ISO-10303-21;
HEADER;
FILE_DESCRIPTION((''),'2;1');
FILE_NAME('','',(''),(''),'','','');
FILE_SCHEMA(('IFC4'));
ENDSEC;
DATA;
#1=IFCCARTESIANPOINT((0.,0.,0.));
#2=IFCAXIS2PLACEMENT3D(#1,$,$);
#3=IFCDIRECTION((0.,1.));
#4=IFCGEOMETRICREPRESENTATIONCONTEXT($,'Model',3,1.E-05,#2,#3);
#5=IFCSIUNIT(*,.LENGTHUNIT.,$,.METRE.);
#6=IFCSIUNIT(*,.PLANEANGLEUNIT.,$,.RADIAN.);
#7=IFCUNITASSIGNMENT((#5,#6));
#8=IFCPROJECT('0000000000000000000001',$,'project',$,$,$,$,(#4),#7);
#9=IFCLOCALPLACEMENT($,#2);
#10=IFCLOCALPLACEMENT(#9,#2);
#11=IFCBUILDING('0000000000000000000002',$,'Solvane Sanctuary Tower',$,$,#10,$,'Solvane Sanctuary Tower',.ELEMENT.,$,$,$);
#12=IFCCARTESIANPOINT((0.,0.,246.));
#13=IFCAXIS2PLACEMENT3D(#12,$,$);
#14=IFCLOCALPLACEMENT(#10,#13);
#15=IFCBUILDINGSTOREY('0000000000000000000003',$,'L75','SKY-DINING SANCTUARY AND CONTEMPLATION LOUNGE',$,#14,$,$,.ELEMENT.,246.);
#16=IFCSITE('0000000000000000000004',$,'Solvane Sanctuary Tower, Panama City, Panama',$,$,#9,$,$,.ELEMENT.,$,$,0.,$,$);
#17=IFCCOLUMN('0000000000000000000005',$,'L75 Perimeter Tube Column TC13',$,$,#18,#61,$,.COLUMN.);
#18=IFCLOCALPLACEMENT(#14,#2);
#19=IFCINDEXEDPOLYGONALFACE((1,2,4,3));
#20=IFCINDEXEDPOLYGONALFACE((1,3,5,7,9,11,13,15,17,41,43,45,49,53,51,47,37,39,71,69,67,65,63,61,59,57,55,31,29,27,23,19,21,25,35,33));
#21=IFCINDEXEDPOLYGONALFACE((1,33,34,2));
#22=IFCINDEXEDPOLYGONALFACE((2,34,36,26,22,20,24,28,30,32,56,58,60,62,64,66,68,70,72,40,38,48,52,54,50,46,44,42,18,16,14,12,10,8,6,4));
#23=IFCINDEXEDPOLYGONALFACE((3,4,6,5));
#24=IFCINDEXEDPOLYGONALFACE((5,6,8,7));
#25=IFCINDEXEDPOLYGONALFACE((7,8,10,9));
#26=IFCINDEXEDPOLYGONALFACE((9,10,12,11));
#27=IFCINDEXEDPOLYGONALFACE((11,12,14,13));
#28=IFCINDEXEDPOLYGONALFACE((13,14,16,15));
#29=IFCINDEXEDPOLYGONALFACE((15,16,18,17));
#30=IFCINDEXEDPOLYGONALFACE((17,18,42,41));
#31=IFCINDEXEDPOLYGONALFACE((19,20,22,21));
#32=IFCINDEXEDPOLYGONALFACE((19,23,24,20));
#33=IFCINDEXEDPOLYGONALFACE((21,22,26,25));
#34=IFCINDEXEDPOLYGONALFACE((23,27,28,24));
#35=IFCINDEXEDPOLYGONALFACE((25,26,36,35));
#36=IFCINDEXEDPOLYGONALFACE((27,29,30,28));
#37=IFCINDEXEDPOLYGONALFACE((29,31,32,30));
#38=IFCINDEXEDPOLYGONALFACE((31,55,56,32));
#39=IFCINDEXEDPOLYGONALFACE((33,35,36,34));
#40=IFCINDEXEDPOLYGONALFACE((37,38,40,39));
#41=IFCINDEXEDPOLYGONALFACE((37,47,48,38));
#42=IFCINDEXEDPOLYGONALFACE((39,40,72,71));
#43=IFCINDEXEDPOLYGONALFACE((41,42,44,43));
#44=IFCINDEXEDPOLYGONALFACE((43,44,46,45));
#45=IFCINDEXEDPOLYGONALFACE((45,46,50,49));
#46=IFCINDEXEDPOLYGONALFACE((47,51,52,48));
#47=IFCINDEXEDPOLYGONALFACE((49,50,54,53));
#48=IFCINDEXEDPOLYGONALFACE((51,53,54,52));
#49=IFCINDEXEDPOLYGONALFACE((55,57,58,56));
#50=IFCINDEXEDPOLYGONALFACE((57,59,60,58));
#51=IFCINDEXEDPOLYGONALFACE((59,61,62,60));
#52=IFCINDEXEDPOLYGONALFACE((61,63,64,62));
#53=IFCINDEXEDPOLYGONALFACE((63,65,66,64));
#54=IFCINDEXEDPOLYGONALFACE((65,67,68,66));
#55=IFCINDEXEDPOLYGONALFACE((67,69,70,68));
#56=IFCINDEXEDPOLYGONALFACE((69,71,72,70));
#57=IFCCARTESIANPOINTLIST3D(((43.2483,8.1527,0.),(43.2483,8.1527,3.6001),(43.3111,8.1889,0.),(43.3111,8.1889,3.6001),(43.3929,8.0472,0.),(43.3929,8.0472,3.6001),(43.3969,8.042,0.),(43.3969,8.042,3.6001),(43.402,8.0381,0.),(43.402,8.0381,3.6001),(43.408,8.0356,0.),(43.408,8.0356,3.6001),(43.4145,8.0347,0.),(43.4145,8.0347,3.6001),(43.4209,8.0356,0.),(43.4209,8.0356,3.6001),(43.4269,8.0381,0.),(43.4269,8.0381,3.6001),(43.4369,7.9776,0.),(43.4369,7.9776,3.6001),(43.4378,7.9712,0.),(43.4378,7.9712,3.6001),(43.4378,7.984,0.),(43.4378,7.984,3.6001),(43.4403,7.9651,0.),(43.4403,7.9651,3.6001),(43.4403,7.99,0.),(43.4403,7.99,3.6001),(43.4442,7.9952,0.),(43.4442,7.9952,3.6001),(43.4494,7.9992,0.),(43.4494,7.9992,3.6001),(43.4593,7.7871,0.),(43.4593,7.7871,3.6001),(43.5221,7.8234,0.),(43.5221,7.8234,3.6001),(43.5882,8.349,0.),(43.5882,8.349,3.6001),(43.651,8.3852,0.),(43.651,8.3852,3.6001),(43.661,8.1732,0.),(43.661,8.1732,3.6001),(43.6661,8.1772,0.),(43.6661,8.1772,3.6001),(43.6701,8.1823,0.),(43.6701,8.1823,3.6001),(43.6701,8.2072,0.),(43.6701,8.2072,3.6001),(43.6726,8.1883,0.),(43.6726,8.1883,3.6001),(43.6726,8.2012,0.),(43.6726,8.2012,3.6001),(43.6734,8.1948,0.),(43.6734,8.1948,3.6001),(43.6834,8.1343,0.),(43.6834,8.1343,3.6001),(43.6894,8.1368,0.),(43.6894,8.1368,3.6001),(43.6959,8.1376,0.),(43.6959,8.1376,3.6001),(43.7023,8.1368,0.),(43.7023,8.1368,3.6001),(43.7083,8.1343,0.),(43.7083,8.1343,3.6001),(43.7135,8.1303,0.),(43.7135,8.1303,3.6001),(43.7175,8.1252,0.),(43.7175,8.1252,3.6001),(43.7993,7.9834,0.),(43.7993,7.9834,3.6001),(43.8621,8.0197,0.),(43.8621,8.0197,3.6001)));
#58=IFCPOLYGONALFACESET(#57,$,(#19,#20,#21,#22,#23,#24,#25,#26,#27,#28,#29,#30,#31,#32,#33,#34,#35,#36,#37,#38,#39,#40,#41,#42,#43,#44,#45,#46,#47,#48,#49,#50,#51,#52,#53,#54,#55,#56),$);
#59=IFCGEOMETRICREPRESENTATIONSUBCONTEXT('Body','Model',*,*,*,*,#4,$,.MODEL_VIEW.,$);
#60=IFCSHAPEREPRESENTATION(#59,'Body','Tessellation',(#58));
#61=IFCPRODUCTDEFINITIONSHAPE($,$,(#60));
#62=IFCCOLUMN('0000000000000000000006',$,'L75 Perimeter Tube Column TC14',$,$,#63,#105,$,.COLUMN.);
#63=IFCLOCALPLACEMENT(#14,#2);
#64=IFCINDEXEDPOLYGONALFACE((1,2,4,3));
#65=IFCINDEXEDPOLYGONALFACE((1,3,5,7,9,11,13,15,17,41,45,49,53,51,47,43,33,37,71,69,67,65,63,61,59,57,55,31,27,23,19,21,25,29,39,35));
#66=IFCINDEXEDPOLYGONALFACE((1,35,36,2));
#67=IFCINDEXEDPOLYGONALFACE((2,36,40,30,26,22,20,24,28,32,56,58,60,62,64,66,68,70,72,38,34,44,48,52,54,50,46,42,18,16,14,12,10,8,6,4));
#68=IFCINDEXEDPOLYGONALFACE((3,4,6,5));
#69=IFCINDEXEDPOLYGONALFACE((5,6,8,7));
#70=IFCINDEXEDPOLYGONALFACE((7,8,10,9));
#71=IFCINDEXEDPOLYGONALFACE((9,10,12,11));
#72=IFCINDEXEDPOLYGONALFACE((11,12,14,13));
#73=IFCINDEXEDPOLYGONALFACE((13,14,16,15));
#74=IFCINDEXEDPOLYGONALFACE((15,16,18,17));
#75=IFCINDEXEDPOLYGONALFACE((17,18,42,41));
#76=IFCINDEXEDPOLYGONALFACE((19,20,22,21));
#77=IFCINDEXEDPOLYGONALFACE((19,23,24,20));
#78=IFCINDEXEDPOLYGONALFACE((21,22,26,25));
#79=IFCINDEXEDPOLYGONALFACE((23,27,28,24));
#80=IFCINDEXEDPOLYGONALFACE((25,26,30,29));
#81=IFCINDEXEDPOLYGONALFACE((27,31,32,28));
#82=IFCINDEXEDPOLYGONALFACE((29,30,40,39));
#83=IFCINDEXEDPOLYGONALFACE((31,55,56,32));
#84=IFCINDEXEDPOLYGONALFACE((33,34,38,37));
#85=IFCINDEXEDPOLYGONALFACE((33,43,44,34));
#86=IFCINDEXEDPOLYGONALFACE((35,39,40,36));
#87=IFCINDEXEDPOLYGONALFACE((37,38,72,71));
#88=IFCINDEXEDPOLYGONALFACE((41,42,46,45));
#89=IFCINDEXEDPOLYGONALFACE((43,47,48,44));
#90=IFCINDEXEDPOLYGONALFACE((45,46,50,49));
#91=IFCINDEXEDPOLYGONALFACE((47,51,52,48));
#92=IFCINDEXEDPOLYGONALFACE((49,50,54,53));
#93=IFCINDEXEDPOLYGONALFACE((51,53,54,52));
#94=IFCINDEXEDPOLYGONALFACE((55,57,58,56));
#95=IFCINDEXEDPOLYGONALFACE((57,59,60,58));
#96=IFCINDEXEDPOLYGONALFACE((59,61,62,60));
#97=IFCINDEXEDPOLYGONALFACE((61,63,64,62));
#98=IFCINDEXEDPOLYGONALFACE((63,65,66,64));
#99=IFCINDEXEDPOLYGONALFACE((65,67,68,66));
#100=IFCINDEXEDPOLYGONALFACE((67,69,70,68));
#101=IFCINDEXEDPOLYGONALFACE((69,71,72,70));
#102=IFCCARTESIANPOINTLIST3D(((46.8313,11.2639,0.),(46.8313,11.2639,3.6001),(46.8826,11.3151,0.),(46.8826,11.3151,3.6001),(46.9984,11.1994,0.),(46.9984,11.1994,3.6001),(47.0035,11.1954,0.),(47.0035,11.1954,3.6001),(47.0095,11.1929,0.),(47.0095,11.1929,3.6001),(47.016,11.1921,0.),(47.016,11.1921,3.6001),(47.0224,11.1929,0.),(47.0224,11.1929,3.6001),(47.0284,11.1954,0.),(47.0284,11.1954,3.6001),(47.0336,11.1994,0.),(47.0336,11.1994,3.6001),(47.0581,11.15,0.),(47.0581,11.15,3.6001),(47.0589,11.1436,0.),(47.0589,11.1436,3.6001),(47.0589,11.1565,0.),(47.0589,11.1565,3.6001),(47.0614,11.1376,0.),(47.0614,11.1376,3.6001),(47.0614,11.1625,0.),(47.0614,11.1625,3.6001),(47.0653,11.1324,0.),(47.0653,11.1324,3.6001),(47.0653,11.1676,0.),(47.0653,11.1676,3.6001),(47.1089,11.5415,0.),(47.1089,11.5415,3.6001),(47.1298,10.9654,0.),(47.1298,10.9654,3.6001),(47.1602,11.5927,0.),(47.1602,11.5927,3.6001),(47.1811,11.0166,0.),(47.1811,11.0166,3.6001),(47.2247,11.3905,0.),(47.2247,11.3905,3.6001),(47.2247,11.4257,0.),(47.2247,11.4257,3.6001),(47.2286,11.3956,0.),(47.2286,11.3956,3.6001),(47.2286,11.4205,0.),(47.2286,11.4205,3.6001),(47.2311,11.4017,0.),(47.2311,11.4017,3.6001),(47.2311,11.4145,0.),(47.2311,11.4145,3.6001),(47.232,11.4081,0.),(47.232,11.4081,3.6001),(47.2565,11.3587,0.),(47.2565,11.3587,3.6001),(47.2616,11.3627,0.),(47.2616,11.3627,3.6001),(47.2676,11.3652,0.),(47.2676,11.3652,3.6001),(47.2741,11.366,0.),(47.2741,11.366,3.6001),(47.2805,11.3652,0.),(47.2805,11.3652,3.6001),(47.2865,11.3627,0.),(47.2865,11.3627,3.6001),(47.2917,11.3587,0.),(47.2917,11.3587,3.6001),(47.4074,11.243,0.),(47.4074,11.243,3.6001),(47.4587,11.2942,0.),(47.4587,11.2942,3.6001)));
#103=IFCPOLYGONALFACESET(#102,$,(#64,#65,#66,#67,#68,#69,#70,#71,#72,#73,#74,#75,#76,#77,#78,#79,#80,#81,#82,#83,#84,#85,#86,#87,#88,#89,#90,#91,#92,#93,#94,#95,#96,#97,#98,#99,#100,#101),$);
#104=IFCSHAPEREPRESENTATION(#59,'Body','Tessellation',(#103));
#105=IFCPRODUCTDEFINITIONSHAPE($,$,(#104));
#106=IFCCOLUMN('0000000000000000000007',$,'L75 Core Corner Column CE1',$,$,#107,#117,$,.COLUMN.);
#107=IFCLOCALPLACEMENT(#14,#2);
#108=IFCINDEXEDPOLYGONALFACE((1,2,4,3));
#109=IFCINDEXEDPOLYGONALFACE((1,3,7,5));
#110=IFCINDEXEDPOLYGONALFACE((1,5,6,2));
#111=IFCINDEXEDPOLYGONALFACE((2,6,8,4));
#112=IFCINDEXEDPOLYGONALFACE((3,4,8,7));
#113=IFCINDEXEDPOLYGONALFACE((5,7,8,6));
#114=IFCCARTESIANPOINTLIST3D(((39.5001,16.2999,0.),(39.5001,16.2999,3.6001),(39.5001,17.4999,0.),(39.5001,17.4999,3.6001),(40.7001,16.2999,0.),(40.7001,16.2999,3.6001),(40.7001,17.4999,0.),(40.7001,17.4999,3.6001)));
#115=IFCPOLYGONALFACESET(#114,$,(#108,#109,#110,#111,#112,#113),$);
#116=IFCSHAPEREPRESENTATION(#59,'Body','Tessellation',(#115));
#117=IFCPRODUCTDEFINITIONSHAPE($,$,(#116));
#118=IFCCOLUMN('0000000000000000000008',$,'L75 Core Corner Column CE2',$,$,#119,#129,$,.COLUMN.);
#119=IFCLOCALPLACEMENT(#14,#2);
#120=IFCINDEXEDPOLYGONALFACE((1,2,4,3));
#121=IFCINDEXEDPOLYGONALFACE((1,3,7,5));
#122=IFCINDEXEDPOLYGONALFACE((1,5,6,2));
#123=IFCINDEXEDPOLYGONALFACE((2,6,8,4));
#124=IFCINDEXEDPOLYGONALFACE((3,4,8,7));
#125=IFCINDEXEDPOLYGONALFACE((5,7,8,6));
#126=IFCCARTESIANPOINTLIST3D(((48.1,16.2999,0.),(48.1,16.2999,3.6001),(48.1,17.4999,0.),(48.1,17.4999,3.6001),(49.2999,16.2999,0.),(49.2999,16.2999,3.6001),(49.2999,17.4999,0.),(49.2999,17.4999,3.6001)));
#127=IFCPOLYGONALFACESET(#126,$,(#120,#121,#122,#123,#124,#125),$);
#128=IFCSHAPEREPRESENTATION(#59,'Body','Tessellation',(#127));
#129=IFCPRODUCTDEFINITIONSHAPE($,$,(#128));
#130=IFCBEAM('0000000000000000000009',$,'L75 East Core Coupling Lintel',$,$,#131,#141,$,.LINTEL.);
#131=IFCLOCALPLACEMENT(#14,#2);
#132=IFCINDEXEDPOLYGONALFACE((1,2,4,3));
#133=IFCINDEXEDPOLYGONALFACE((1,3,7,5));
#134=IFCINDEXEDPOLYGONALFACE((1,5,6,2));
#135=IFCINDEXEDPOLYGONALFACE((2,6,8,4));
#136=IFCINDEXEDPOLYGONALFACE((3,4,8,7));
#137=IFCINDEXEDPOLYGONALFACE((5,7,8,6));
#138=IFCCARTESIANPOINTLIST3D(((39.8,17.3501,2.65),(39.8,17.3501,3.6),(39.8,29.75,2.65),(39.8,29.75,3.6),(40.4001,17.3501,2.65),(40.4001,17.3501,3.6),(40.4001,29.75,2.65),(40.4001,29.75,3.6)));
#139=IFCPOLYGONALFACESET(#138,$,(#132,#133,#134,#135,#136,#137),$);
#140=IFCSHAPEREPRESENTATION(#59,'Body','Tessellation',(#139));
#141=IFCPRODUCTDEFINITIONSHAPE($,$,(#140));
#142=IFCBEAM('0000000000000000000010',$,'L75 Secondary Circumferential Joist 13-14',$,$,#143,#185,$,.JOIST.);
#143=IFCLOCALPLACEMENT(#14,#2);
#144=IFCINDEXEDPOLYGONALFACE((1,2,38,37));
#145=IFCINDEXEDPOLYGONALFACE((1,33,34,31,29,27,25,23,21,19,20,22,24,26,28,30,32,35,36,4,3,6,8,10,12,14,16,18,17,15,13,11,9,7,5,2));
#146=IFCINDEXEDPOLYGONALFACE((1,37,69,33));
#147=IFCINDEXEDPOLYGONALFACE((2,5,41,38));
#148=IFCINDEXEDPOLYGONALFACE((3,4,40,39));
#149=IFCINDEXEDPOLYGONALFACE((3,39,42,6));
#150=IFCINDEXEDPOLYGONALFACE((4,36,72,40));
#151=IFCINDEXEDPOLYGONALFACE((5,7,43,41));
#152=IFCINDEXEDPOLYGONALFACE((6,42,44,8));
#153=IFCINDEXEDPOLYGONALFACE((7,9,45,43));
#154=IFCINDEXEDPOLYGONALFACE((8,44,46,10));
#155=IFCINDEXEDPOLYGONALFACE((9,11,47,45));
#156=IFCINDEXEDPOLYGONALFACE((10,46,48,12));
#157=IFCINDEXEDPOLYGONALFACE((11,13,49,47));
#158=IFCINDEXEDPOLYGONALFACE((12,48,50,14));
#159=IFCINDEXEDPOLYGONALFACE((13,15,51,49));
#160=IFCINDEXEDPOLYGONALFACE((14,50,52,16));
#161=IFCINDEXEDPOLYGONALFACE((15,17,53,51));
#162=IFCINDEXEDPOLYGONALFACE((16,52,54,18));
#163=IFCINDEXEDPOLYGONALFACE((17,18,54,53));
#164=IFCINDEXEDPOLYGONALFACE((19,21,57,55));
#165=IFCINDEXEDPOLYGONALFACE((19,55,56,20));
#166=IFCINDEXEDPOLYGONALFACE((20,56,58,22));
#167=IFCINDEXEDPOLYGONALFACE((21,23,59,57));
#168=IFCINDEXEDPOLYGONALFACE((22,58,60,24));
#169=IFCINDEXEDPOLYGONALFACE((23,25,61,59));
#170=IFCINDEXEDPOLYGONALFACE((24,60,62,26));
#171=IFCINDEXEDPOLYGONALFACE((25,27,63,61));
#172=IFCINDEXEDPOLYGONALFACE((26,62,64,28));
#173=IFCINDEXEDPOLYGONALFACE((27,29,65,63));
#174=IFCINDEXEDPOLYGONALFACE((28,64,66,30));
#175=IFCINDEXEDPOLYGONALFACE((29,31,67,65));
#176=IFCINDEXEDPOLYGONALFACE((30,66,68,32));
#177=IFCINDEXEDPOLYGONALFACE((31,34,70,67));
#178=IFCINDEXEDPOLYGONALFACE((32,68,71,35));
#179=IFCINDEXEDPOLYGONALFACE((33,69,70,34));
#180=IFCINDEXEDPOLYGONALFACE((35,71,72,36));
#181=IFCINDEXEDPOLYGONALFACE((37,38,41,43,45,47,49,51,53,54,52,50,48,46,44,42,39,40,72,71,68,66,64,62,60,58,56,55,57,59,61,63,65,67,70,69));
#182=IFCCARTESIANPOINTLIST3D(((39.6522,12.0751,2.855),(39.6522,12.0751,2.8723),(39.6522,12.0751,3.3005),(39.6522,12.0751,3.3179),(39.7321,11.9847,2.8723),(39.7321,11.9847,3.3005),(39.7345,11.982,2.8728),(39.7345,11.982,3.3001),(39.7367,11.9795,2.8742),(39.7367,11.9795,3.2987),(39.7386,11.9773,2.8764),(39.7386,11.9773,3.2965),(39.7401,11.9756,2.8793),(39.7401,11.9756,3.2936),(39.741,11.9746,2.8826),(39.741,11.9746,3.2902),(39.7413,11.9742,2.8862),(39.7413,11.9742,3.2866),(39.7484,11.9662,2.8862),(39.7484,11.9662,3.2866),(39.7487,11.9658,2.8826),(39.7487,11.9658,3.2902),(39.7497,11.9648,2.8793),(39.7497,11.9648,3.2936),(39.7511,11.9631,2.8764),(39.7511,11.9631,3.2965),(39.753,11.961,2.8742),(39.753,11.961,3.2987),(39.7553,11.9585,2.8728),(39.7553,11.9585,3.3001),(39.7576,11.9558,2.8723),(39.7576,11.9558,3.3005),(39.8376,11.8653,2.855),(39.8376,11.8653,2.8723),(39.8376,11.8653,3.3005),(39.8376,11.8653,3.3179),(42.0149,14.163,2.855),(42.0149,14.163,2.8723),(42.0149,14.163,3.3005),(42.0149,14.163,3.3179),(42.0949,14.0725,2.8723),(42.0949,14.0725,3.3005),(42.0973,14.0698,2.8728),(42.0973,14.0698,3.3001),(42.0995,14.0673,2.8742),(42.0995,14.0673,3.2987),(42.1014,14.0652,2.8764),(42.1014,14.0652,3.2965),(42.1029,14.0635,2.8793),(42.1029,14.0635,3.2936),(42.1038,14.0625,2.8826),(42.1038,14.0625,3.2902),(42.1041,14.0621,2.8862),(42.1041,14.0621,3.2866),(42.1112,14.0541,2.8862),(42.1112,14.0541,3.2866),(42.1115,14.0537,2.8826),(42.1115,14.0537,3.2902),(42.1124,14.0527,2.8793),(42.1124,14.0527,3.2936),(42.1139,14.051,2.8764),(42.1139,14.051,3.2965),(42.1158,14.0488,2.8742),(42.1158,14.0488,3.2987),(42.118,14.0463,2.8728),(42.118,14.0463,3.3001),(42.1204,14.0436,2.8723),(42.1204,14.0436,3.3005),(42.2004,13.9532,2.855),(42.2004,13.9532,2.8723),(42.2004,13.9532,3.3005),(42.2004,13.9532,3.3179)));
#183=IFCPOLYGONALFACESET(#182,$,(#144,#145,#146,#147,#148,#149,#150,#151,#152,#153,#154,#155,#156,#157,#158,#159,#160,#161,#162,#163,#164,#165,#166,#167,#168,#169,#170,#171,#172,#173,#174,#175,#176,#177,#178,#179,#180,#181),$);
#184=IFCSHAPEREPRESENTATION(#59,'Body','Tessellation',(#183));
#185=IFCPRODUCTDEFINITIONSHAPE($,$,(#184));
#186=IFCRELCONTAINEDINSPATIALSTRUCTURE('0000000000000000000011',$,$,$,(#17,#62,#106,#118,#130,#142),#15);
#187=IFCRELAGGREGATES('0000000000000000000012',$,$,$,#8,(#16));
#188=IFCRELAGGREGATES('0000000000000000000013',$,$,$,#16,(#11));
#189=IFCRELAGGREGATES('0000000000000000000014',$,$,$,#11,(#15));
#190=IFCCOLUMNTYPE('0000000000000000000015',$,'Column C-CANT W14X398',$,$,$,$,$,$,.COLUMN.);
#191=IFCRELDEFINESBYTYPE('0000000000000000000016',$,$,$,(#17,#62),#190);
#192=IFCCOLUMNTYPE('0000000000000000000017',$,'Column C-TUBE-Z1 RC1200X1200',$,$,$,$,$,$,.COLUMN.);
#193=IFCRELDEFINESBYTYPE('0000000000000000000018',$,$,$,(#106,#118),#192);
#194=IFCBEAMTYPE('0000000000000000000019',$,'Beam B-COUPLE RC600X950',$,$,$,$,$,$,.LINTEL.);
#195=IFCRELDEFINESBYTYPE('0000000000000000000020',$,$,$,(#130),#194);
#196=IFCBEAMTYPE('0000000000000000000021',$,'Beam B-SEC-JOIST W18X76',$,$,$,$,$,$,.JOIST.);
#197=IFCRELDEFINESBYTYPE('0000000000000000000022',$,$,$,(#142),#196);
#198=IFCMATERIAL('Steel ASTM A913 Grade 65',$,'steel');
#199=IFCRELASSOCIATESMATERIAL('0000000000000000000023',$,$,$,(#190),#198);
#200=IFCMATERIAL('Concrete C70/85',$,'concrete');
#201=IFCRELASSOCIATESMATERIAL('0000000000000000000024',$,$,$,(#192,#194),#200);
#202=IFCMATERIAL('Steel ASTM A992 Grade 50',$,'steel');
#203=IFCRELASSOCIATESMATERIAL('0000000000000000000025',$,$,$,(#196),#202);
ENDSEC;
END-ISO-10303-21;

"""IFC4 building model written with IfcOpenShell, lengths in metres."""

from ifc_helpers import new_model, si_unit, direction, frame, origin, origin_2d, place, context, subcontext, project, spatial, rectangle, i_section, extrude, material, material_profile, profile_set, type_object, element, save


model = new_model("IFC4")

# Units and contexts
model_context = context("Model", 3, precision=1e-05, world=origin(), true_north=direction((0.0, 1.0)))
body_context = subcontext(model_context, "Body", "Model", "MODEL_VIEW")
ifc_project = project(units=[si_unit("LENGTHUNIT", "METRE"), si_unit("PLANEANGLEUNIT", "RADIAN")], contexts=[model_context])

# Site, building, storey
site_placement = place(None, origin())
site = spatial("IfcSite", under=ifc_project, at=site_placement, Name="Solvane Sanctuary Tower, Panama City, Panama", CompositionType="ELEMENT", RefElevation=0.0)
building_placement = place(site_placement, origin())
building = spatial("IfcBuilding", under=site, at=building_placement, Name="Solvane Sanctuary Tower", LongName="Solvane Sanctuary Tower", CompositionType="ELEMENT")
storey_placement = place(building_placement, frame((0.0, 0.0, 246.0)))
storey = spatial("IfcBuildingStorey", under=building, at=storey_placement, Name="L75", Description="SKY-DINING SANCTUARY AND CONTEMPLATION LOUNGE", CompositionType="ELEMENT", Elevation=246.0)

# Columns
ifc_material_1 = material(Name="Steel ASTM A913 Grade 65", Category="steel")
ifc_material_profile_1 = material_profile(ifc_material_1, i_section(OverallWidth=0.4221, OverallDepth=0.4651, WebThickness=0.0449, FlangeThickness=0.0725, FilletRadius=0.0249, at=origin_2d()), Name="W14X398")
ifc_profile_set_1 = profile_set([ifc_material_profile_1], Name="Steel ASTM A913 Grade 65")
column_type_1 = type_object("IfcColumnType", Name="Column C-CANT W14X398", PredefinedType="COLUMN", material=ifc_profile_set_1)
for number, where, z_axis, x_axis, name in (
    (1, (43.5552, 8.0862, 0.0), (0.0, 0.0, 1.0), (0.5, -0.866025, 0.0), "L75 Perimeter Tube Column TC13"),
    (2, (47.145, 11.2791, 0.0), (0.0, 0.0, 1.0), (0.707107, -0.707107, 0.0), "L75 Perimeter Tube Column TC14"),
):
    element("IfcColumn", number, at=place(storey_placement, frame(where, z_axis=z_axis, x_axis=x_axis)), inside=storey, type_object=column_type_1, Name=name, PredefinedType="COLUMN", context=body_context, shape_type="SweptSolid", body=[
        extrude(i_section(OverallWidth=0.4221, OverallDepth=0.4651, WebThickness=0.0449, FlangeThickness=0.0725, FilletRadius=0.0249, at=origin_2d()), origin(), (0.0, 0.0, 1.0), 3.6001),
    ])
ifc_material_2 = material(Name="Concrete C70/85", Category="concrete")
ifc_material_profile_2 = material_profile(ifc_material_2, rectangle(XDim=1.2, YDim=1.2, at=origin_2d()), Name="RC1200X1200")
ifc_profile_set_2 = profile_set([ifc_material_profile_2], Name="Concrete C70/85")
column_type_2 = type_object("IfcColumnType", Name="Column C-TUBE-Z1 RC1200X1200", PredefinedType="COLUMN", material=ifc_profile_set_2)
for number, where, z_axis, x_axis, name in (
    (3, (40.1001, 16.8999, 0.0), (0.0, 0.0, 1.0), (1.0, 0.0, 0.0), "L75 Core Corner Column CE1"),
    (4, (48.7, 16.8999, 0.0), (0.0, 0.0, 1.0), (1.0, 0.0, 0.0), "L75 Core Corner Column CE2"),
):
    element("IfcColumn", number, at=place(storey_placement, frame(where, z_axis=z_axis, x_axis=x_axis)), inside=storey, type_object=column_type_2, Name=name, PredefinedType="COLUMN", context=body_context, shape_type="SweptSolid", body=[
        extrude(rectangle(XDim=1.2, YDim=1.2, at=origin_2d()), origin(), (0.0, 0.0, 1.0), 3.6001),
    ])

# Beams
ifc_material_profile_3 = material_profile(ifc_material_2, rectangle(XDim=0.6001, YDim=0.95, at=origin_2d()), Name="RC600X950")
ifc_profile_set_3 = profile_set([ifc_material_profile_3], Name="Concrete C70/85")
beam_type_1 = type_object("IfcBeamType", Name="Beam B-COUPLE RC600X950", PredefinedType="LINTEL", material=ifc_profile_set_3)
beam_1_placement = place(storey_placement, frame((40.1001, 17.3501, 3.125), z_axis=(0.0, 1.0, 0.0), x_axis=(-1.0, 0.0, 0.0)))
element("IfcBeam", 5, at=beam_1_placement, inside=storey, type_object=beam_type_1, Name="L75 East Core Coupling Lintel", PredefinedType="LINTEL", context=body_context, shape_type="SweptSolid", body=[
    extrude(rectangle(XDim=0.6001, YDim=0.95, at=origin_2d()), origin(), (0.0, 0.0, 1.0), 12.3999),
])
ifc_material_3 = material(Name="Steel ASTM A992 Grade 50", Category="steel")
ifc_material_profile_4 = material_profile(ifc_material_3, i_section(OverallWidth=0.28, OverallDepth=0.4629, WebThickness=0.0107, FlangeThickness=0.0173, FilletRadius=0.0139, at=origin_2d()), Name="W18X76")
ifc_profile_set_4 = profile_set([ifc_material_profile_4], Name="Steel ASTM A992 Grade 50")
beam_type_2 = type_object("IfcBeamType", Name="Beam B-SEC-JOIST W18X76", PredefinedType="JOIST", material=ifc_profile_set_4)
beam_2_placement = place(storey_placement, frame((39.7449, 11.9702, 3.0864), z_axis=(0.749354, 0.662169, 0.0), x_axis=(-0.662169, 0.749354, 0.0)))
element("IfcBeam", 6, at=beam_2_placement, inside=storey, type_object=beam_type_2, Name="L75 Secondary Circumferential Joist 13-14", PredefinedType="JOIST", context=body_context, shape_type="SweptSolid", body=[
    extrude(i_section(OverallWidth=0.28, OverallDepth=0.4629, WebThickness=0.0107, FlangeThickness=0.0173, FilletRadius=0.0139, at=origin_2d()), origin(), (0.0, 0.0, 1.0), 3.1531),
])

save(model, "model.ifc")
